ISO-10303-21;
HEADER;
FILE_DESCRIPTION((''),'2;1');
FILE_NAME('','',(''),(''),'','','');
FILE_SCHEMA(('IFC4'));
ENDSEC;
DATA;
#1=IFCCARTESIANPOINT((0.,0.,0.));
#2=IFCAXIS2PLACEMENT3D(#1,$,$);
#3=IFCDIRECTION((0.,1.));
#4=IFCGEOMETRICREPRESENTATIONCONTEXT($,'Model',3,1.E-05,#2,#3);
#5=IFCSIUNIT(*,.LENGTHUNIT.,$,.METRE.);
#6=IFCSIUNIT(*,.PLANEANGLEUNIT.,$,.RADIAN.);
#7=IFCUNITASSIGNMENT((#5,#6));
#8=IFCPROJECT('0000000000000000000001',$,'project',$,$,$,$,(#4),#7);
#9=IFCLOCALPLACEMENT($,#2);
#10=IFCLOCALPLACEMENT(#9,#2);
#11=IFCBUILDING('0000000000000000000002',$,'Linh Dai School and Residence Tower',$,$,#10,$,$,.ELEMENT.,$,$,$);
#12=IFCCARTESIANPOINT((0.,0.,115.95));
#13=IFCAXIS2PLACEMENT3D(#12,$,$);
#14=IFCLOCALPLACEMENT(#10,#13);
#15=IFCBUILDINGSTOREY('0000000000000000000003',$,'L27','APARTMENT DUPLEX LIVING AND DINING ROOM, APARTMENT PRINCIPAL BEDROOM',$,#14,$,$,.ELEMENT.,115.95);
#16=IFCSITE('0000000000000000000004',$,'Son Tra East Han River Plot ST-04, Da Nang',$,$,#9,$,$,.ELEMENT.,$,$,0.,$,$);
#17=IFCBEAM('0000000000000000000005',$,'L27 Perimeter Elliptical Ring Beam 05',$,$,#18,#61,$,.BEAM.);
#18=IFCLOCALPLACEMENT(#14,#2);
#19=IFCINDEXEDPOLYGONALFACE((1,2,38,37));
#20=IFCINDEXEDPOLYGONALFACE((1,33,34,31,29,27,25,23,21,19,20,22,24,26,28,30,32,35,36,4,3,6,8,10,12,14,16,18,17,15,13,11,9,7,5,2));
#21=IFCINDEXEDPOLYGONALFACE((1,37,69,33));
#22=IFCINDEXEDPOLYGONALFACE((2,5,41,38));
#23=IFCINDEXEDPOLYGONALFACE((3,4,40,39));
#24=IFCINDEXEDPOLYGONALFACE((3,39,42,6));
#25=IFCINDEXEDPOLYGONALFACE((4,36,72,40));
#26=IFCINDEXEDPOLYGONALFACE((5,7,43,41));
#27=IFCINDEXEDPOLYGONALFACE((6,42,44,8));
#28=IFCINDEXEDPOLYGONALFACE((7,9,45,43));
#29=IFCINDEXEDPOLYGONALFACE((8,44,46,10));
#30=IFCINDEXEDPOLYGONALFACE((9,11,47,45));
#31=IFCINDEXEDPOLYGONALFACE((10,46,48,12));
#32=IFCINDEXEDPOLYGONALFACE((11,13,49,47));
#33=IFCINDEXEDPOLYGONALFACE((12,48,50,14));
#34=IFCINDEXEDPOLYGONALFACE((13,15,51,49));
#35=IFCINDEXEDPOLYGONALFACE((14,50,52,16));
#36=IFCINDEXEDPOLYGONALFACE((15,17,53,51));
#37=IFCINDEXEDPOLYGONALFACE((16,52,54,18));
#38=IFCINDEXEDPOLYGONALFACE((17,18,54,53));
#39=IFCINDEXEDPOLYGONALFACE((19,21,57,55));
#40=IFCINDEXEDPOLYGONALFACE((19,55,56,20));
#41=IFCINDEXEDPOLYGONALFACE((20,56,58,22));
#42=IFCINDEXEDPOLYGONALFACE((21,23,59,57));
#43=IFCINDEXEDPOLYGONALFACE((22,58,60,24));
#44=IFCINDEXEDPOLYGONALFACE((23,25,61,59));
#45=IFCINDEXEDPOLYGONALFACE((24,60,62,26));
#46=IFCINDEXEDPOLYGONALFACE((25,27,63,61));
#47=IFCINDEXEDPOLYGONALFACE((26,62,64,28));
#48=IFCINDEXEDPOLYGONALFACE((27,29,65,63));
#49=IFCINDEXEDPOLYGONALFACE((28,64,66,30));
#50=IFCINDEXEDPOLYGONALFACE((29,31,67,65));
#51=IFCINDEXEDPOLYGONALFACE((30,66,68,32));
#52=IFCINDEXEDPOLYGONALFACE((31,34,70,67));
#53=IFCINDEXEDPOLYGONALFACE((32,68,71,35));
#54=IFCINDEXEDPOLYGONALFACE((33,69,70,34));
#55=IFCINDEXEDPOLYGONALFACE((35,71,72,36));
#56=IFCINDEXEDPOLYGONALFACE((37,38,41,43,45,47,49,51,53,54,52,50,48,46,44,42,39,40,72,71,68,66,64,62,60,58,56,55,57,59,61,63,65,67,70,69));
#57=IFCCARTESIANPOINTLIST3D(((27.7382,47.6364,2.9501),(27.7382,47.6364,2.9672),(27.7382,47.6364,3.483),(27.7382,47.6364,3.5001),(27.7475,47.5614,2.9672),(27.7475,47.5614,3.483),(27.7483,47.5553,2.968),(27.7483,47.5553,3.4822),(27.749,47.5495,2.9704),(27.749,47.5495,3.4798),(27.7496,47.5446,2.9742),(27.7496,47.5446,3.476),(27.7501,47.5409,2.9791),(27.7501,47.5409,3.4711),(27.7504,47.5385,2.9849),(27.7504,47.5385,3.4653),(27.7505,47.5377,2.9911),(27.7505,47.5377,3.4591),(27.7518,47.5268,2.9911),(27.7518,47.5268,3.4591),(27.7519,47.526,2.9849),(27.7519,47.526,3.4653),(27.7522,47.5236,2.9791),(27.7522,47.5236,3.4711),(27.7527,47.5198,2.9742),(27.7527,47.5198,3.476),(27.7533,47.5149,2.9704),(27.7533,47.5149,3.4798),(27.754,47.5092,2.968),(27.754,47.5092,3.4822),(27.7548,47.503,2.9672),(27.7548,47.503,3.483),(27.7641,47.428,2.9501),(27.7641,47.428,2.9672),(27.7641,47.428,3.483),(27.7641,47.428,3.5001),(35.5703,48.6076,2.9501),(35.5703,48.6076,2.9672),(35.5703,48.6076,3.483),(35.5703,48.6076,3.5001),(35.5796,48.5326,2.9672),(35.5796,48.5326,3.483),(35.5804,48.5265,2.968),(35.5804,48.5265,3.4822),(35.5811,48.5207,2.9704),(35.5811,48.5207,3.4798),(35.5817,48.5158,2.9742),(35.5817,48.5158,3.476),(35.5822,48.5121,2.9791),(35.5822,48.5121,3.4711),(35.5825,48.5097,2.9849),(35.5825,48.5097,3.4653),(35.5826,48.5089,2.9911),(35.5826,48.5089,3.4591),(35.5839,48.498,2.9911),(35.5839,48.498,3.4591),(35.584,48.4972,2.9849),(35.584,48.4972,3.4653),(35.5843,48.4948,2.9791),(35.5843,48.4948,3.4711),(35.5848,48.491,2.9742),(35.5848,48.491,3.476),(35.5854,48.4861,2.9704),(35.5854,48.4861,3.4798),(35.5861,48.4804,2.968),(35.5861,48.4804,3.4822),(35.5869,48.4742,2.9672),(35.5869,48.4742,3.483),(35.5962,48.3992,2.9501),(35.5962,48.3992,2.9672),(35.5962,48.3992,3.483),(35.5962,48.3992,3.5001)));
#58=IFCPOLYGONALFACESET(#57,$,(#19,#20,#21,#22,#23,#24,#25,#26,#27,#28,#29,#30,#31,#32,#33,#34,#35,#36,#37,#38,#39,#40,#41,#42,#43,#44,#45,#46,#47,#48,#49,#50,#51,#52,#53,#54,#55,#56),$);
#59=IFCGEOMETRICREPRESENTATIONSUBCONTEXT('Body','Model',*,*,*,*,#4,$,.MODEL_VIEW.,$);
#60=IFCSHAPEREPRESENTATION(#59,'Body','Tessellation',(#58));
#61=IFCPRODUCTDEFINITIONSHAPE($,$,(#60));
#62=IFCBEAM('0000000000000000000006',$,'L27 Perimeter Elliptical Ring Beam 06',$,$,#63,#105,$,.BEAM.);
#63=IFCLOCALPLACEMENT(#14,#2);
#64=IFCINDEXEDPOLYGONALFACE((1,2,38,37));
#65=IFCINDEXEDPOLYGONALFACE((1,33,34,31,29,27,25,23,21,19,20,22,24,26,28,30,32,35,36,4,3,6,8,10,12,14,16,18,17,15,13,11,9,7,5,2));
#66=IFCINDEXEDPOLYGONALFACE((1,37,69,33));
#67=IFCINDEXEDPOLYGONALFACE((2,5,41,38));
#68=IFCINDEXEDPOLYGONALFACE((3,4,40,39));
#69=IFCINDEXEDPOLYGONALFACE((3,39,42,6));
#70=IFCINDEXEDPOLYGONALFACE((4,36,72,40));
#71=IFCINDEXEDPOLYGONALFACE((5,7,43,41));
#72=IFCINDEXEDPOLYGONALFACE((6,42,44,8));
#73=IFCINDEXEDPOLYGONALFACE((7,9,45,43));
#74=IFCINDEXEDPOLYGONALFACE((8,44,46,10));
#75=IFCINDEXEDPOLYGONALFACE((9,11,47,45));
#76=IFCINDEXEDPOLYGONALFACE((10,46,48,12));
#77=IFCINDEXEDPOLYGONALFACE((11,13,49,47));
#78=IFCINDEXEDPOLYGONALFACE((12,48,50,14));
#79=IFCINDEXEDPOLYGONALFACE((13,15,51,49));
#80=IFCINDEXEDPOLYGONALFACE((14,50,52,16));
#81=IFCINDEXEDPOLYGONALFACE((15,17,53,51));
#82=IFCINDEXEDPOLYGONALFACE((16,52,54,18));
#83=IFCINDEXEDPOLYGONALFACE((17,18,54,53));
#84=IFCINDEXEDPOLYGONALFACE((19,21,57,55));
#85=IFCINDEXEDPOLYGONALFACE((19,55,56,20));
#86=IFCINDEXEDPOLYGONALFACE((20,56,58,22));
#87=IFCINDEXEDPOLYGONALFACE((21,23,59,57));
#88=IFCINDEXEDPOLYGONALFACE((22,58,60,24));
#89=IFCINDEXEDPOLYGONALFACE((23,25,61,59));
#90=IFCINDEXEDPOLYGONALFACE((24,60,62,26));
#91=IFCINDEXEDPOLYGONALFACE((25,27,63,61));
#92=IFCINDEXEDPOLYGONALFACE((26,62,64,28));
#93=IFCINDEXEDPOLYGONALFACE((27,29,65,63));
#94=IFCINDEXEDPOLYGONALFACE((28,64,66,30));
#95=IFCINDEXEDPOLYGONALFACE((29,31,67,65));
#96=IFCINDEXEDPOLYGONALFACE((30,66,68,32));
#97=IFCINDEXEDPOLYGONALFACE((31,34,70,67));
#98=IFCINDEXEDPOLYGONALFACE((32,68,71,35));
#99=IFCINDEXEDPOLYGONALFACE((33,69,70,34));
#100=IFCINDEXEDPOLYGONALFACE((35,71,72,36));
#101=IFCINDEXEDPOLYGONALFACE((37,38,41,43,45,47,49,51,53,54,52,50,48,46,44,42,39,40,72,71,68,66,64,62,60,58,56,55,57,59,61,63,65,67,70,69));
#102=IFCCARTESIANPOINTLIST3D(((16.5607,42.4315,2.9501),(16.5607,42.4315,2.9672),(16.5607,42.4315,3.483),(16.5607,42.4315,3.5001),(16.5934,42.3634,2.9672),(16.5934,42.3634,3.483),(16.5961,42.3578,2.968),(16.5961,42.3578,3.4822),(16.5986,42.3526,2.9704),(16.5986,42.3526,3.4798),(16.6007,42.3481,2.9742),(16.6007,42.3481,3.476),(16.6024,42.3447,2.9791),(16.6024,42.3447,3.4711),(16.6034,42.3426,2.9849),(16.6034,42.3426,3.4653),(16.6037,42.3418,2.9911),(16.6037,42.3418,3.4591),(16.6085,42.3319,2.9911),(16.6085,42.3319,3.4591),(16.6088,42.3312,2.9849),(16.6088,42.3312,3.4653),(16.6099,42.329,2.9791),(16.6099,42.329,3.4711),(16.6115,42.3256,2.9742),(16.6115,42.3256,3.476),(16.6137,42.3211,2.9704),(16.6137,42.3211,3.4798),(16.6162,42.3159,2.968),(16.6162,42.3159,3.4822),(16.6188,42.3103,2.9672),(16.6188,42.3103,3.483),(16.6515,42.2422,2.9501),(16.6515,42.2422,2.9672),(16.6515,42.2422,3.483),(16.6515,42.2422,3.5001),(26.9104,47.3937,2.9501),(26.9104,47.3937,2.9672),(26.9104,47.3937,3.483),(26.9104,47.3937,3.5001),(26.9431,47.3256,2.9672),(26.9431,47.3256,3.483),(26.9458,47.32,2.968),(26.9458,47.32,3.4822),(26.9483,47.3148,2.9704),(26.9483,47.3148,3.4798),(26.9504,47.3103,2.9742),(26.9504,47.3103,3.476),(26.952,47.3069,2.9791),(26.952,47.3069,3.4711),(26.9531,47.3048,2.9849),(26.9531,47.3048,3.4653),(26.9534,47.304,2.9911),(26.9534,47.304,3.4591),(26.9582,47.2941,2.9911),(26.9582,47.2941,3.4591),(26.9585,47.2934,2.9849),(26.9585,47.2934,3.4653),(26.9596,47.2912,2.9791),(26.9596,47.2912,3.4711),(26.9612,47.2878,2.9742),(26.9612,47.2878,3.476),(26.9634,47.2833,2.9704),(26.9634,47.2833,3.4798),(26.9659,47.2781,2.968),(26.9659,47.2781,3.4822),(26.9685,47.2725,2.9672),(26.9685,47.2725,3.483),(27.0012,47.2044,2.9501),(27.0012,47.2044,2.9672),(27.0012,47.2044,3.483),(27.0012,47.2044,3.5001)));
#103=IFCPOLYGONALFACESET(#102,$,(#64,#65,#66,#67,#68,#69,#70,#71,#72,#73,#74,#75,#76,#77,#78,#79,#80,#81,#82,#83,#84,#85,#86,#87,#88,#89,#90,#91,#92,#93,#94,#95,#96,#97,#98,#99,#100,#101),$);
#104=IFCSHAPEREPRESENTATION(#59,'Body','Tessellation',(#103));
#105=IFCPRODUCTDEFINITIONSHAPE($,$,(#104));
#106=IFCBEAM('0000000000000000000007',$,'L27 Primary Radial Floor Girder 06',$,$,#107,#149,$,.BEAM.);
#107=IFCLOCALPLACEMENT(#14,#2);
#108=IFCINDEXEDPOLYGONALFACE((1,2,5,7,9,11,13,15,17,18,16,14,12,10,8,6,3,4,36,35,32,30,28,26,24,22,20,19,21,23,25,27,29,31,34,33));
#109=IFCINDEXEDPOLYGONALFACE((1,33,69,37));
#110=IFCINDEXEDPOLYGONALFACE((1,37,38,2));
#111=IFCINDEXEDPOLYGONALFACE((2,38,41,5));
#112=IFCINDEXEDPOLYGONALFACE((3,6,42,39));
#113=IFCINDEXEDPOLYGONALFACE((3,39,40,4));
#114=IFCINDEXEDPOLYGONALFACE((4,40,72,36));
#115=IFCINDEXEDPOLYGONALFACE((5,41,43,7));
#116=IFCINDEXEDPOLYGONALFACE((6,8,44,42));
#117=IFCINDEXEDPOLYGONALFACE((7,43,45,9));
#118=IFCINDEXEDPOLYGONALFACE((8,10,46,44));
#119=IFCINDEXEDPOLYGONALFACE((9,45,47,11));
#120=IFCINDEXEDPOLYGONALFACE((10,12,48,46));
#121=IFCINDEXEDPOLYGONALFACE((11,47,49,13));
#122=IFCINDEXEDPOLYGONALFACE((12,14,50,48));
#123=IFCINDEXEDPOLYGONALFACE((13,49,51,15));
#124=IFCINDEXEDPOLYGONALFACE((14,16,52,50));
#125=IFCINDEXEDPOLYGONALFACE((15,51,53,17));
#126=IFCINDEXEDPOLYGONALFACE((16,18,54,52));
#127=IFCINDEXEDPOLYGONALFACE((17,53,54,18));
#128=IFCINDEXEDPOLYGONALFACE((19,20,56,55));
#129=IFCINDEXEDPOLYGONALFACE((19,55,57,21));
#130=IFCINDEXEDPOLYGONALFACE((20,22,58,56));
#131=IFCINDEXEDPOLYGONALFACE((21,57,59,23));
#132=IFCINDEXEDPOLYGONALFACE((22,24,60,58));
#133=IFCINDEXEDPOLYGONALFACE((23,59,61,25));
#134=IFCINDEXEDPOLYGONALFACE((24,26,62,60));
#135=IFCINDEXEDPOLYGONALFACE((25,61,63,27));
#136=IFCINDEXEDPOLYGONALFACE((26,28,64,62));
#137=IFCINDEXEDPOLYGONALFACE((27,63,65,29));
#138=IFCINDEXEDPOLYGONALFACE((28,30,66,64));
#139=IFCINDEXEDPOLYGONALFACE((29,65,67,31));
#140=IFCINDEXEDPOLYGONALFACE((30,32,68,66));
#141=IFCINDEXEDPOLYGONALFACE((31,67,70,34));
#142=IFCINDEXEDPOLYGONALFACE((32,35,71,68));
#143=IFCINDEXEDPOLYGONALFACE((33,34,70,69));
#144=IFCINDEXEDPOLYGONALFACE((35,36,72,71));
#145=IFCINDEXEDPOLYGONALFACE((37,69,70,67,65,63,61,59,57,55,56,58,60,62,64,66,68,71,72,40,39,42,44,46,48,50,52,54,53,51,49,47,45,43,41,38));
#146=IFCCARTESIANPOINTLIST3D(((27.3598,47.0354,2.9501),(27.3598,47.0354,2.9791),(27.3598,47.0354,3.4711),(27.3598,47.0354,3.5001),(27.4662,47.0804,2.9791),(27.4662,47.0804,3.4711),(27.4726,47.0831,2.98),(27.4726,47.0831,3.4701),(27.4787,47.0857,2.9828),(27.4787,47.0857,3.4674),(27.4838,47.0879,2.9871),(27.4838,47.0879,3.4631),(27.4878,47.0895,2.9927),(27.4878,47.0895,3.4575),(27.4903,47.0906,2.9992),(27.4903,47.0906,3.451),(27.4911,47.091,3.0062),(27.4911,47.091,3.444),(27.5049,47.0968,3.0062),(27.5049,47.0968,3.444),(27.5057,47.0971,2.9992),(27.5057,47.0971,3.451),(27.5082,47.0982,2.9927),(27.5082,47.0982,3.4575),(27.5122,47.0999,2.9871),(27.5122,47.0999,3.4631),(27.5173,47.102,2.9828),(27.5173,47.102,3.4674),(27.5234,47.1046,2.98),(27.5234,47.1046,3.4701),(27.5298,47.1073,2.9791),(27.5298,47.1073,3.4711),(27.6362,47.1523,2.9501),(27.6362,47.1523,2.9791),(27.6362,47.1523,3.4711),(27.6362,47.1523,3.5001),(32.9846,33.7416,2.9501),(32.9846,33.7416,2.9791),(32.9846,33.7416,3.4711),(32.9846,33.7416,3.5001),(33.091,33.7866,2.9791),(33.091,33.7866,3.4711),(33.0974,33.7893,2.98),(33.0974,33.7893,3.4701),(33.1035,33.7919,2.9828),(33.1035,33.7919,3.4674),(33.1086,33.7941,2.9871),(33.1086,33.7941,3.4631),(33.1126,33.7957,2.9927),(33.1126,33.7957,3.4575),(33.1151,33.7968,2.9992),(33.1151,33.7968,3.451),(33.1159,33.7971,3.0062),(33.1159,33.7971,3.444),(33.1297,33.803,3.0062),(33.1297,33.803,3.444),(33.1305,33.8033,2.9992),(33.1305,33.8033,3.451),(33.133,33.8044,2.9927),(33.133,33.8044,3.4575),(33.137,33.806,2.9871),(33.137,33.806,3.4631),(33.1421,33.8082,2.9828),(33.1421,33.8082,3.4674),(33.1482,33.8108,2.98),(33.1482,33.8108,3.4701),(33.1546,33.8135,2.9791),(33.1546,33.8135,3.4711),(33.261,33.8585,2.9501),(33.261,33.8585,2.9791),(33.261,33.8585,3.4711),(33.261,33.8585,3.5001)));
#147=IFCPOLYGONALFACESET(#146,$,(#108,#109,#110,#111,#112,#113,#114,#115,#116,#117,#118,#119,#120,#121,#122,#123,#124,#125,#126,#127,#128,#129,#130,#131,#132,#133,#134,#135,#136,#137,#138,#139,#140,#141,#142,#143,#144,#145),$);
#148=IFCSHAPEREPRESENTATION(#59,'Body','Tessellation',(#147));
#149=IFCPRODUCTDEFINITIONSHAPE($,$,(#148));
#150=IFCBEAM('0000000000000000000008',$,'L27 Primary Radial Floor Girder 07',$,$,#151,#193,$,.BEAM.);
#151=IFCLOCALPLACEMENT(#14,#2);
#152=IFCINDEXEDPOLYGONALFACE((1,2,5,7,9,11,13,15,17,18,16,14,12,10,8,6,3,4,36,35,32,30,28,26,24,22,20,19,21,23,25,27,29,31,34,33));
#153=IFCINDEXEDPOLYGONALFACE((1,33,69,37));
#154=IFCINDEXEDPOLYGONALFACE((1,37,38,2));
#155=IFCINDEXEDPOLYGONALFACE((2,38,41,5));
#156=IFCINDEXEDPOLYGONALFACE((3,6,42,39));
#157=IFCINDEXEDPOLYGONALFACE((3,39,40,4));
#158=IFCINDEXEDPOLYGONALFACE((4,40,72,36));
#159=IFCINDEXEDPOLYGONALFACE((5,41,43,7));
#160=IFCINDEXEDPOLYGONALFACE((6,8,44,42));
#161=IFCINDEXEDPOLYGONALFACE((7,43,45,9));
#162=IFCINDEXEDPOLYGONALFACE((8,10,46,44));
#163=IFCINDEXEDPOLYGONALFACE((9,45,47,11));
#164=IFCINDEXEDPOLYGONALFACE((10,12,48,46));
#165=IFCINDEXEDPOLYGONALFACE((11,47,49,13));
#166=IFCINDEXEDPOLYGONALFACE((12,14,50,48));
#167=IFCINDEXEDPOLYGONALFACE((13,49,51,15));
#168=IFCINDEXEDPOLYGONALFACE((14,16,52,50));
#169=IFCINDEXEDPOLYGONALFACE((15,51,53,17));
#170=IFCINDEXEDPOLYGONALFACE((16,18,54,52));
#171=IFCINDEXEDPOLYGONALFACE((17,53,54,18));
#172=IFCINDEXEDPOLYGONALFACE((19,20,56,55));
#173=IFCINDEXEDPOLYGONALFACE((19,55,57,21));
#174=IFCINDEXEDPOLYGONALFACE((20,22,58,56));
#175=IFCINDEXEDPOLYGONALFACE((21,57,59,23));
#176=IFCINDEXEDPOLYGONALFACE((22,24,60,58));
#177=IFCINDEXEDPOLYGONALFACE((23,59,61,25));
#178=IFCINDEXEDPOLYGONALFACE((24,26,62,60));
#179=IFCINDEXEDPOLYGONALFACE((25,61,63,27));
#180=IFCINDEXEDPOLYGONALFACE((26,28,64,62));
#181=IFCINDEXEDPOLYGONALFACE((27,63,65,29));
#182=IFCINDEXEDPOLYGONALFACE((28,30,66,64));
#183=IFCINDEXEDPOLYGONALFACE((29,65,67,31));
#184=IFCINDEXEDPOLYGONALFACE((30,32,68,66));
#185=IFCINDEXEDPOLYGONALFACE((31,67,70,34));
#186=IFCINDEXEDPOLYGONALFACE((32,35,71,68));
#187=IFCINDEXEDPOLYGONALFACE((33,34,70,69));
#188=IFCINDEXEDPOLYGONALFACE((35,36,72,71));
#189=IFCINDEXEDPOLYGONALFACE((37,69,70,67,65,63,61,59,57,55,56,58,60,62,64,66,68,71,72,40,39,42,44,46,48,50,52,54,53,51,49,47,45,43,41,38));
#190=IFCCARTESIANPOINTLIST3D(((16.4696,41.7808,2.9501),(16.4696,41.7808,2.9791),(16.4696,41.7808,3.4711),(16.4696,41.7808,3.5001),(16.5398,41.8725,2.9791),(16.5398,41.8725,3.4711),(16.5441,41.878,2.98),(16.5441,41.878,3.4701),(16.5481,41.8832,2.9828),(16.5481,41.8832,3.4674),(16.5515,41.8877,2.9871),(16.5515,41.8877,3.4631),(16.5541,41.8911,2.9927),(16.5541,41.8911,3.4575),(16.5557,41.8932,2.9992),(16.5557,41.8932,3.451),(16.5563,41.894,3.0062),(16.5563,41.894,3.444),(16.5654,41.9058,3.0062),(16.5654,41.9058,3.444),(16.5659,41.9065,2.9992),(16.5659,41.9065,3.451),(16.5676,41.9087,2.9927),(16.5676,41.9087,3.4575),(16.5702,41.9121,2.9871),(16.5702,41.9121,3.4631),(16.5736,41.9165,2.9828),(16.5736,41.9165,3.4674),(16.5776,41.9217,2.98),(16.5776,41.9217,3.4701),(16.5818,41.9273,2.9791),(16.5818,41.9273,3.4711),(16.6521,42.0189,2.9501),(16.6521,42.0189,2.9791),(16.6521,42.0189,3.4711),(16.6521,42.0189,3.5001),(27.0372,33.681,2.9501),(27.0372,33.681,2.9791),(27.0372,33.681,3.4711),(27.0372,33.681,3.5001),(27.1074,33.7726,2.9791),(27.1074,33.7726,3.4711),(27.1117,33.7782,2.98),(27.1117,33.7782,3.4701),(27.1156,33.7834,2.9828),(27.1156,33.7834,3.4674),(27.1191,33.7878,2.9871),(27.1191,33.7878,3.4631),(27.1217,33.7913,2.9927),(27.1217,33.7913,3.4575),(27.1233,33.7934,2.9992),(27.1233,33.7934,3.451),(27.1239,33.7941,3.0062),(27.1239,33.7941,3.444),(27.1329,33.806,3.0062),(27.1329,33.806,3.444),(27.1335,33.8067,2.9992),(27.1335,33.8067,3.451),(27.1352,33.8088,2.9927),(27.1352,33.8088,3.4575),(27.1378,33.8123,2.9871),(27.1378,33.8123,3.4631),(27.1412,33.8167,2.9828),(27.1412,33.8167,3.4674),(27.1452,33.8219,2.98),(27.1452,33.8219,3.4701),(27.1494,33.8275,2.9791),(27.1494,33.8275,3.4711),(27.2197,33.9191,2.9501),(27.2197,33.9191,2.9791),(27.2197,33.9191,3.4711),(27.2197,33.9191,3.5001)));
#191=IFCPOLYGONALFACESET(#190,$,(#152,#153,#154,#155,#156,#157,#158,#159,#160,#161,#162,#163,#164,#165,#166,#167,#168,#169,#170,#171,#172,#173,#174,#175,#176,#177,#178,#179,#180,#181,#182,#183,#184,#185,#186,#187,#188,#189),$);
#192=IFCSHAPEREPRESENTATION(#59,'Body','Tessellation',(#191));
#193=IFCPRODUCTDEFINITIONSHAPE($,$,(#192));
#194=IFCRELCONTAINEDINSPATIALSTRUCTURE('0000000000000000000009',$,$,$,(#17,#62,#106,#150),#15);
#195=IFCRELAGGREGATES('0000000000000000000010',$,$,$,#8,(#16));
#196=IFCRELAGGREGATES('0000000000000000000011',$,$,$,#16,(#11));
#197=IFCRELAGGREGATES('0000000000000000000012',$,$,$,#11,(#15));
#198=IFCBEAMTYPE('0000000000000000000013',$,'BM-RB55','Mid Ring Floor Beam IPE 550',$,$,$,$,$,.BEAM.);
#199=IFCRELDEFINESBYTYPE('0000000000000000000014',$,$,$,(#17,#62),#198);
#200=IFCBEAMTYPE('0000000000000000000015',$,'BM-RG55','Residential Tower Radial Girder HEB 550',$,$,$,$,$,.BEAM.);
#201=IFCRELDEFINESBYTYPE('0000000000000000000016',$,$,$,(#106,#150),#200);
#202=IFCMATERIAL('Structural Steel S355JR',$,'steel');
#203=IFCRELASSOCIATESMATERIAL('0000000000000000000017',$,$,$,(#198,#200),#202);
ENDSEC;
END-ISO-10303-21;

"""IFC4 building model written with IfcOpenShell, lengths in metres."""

from ifc_helpers import new_model, si_unit, direction, frame, origin, origin_2d, place, context, subcontext, project, spatial, i_section, extrude, material, material_profile, profile_set, type_object, element, save


model = new_model("IFC4")

# Units and contexts
model_context = context("Model", 3, precision=1e-05, world=origin(), true_north=direction((0.0, 1.0)))
body_context = subcontext(model_context, "Body", "Model", "MODEL_VIEW")
ifc_project = project(units=[si_unit("LENGTHUNIT", "METRE"), si_unit("PLANEANGLEUNIT", "RADIAN")], contexts=[model_context])

# Site, building, storey
site_placement = place(None, origin())
site = spatial("IfcSite", under=ifc_project, at=site_placement, Name="Son Tra East Han River Plot ST-04, Da Nang", CompositionType="ELEMENT", RefElevation=0.0)
building_placement = place(site_placement, origin())
building = spatial("IfcBuilding", under=site, at=building_placement, Name="Linh Dai School and Residence Tower", CompositionType="ELEMENT")
storey_placement = place(building_placement, frame((0.0, 0.0, 115.95)))
storey = spatial("IfcBuildingStorey", under=building, at=storey_placement, Name="L27", Description="APARTMENT DUPLEX LIVING AND DINING ROOM, APARTMENT PRINCIPAL BEDROOM", CompositionType="ELEMENT", Elevation=115.95)

# Shared definitions
ifc_material_1 = material(Name="Structural Steel S355JR", Category="steel")

# Beams
ifc_material_profile_1 = material_profile(ifc_material_1, i_section(OverallWidth=0.21, OverallDepth=0.55, WebThickness=0.011, FlangeThickness=0.0171, FilletRadius=0.0239, at=origin_2d()), Name="IPE 550")
ifc_profile_set_1 = profile_set([ifc_material_profile_1], Name="Structural Steel S355JR")
beam_type_1 = type_object("IfcBeamType", Name="BM-RB55", Description="Mid Ring Floor Beam IPE 550", PredefinedType="BEAM", material=ifc_profile_set_1)
beam_1_placement = place(storey_placement, frame((35.5833, 48.5034, 3.2251), z_axis=(-0.992399, -0.12306, 0.0), x_axis=(0.12306, -0.992399, 0.0)))
element("IfcBeam", 1, at=beam_1_placement, inside=storey, type_object=beam_type_1, Name="L27 Perimeter Elliptical Ring Beam 05", PredefinedType="BEAM", context=body_context, shape_type="SweptSolid", body=[
    extrude(i_section(OverallWidth=0.21, OverallDepth=0.55, WebThickness=0.011, FlangeThickness=0.0171, FilletRadius=0.0239, at=origin_2d()), origin(), (0.0, 0.0, 1.0), 7.8921),
])
beam_2_placement = place(storey_placement, frame((26.9558, 47.2991, 3.2251), z_axis=(-0.901715, -0.432331, 0.0), x_axis=(0.432331, -0.901715, 0.0)))
element("IfcBeam", 2, at=beam_2_placement, inside=storey, type_object=beam_type_1, Name="L27 Perimeter Elliptical Ring Beam 06", PredefinedType="BEAM", context=body_context, shape_type="SweptSolid", body=[
    extrude(i_section(OverallWidth=0.21, OverallDepth=0.55, WebThickness=0.011, FlangeThickness=0.0171, FilletRadius=0.0239, at=origin_2d()), origin(), (0.0, 0.0, 1.0), 11.4778),
])
ifc_material_profile_2 = material_profile(ifc_material_1, i_section(OverallWidth=0.3, OverallDepth=0.55, WebThickness=0.0149, FlangeThickness=0.0291, FilletRadius=0.0271, at=origin_2d()), Name="HEB 550")
ifc_profile_set_2 = profile_set([ifc_material_profile_2], Name="Structural Steel S355JR")
beam_type_2 = type_object("IfcBeamType", Name="BM-RG55", Description="Residential Tower Radial Girder HEB 550", PredefinedType="BEAM", material=ifc_profile_set_2)
beam_3_placement = place(storey_placement, frame((33.1228, 33.8, 3.2251), z_axis=(-0.389669, 0.920955, 0.0), x_axis=(-0.920955, -0.389669, 0.0)))
element("IfcBeam", 3, at=beam_3_placement, inside=storey, type_object=beam_type_2, Name="L27 Primary Radial Floor Girder 06", PredefinedType="BEAM", context=body_context, shape_type="SweptSolid", body=[
    extrude(i_section(OverallWidth=0.3, OverallDepth=0.55, WebThickness=0.0149, FlangeThickness=0.0291, FilletRadius=0.0271, at=origin_2d()), origin(), (0.0, 0.0, 1.0), 14.4348),
])
beam_4_placement = place(storey_placement, frame((27.1284, 33.8, 3.2251), z_axis=(-0.793679, 0.608337, 0.0), x_axis=(-0.608337, -0.793679, 0.0)))
element("IfcBeam", 4, at=beam_4_placement, inside=storey, type_object=beam_type_2, Name="L27 Primary Radial Floor Girder 07", PredefinedType="BEAM", context=body_context, shape_type="SweptSolid", body=[
    extrude(i_section(OverallWidth=0.3, OverallDepth=0.55, WebThickness=0.0149, FlangeThickness=0.0291, FilletRadius=0.0271, at=origin_2d()), origin(), (0.0, 0.0, 1.0), 13.3147),
])

save(model, "model.ifc")
